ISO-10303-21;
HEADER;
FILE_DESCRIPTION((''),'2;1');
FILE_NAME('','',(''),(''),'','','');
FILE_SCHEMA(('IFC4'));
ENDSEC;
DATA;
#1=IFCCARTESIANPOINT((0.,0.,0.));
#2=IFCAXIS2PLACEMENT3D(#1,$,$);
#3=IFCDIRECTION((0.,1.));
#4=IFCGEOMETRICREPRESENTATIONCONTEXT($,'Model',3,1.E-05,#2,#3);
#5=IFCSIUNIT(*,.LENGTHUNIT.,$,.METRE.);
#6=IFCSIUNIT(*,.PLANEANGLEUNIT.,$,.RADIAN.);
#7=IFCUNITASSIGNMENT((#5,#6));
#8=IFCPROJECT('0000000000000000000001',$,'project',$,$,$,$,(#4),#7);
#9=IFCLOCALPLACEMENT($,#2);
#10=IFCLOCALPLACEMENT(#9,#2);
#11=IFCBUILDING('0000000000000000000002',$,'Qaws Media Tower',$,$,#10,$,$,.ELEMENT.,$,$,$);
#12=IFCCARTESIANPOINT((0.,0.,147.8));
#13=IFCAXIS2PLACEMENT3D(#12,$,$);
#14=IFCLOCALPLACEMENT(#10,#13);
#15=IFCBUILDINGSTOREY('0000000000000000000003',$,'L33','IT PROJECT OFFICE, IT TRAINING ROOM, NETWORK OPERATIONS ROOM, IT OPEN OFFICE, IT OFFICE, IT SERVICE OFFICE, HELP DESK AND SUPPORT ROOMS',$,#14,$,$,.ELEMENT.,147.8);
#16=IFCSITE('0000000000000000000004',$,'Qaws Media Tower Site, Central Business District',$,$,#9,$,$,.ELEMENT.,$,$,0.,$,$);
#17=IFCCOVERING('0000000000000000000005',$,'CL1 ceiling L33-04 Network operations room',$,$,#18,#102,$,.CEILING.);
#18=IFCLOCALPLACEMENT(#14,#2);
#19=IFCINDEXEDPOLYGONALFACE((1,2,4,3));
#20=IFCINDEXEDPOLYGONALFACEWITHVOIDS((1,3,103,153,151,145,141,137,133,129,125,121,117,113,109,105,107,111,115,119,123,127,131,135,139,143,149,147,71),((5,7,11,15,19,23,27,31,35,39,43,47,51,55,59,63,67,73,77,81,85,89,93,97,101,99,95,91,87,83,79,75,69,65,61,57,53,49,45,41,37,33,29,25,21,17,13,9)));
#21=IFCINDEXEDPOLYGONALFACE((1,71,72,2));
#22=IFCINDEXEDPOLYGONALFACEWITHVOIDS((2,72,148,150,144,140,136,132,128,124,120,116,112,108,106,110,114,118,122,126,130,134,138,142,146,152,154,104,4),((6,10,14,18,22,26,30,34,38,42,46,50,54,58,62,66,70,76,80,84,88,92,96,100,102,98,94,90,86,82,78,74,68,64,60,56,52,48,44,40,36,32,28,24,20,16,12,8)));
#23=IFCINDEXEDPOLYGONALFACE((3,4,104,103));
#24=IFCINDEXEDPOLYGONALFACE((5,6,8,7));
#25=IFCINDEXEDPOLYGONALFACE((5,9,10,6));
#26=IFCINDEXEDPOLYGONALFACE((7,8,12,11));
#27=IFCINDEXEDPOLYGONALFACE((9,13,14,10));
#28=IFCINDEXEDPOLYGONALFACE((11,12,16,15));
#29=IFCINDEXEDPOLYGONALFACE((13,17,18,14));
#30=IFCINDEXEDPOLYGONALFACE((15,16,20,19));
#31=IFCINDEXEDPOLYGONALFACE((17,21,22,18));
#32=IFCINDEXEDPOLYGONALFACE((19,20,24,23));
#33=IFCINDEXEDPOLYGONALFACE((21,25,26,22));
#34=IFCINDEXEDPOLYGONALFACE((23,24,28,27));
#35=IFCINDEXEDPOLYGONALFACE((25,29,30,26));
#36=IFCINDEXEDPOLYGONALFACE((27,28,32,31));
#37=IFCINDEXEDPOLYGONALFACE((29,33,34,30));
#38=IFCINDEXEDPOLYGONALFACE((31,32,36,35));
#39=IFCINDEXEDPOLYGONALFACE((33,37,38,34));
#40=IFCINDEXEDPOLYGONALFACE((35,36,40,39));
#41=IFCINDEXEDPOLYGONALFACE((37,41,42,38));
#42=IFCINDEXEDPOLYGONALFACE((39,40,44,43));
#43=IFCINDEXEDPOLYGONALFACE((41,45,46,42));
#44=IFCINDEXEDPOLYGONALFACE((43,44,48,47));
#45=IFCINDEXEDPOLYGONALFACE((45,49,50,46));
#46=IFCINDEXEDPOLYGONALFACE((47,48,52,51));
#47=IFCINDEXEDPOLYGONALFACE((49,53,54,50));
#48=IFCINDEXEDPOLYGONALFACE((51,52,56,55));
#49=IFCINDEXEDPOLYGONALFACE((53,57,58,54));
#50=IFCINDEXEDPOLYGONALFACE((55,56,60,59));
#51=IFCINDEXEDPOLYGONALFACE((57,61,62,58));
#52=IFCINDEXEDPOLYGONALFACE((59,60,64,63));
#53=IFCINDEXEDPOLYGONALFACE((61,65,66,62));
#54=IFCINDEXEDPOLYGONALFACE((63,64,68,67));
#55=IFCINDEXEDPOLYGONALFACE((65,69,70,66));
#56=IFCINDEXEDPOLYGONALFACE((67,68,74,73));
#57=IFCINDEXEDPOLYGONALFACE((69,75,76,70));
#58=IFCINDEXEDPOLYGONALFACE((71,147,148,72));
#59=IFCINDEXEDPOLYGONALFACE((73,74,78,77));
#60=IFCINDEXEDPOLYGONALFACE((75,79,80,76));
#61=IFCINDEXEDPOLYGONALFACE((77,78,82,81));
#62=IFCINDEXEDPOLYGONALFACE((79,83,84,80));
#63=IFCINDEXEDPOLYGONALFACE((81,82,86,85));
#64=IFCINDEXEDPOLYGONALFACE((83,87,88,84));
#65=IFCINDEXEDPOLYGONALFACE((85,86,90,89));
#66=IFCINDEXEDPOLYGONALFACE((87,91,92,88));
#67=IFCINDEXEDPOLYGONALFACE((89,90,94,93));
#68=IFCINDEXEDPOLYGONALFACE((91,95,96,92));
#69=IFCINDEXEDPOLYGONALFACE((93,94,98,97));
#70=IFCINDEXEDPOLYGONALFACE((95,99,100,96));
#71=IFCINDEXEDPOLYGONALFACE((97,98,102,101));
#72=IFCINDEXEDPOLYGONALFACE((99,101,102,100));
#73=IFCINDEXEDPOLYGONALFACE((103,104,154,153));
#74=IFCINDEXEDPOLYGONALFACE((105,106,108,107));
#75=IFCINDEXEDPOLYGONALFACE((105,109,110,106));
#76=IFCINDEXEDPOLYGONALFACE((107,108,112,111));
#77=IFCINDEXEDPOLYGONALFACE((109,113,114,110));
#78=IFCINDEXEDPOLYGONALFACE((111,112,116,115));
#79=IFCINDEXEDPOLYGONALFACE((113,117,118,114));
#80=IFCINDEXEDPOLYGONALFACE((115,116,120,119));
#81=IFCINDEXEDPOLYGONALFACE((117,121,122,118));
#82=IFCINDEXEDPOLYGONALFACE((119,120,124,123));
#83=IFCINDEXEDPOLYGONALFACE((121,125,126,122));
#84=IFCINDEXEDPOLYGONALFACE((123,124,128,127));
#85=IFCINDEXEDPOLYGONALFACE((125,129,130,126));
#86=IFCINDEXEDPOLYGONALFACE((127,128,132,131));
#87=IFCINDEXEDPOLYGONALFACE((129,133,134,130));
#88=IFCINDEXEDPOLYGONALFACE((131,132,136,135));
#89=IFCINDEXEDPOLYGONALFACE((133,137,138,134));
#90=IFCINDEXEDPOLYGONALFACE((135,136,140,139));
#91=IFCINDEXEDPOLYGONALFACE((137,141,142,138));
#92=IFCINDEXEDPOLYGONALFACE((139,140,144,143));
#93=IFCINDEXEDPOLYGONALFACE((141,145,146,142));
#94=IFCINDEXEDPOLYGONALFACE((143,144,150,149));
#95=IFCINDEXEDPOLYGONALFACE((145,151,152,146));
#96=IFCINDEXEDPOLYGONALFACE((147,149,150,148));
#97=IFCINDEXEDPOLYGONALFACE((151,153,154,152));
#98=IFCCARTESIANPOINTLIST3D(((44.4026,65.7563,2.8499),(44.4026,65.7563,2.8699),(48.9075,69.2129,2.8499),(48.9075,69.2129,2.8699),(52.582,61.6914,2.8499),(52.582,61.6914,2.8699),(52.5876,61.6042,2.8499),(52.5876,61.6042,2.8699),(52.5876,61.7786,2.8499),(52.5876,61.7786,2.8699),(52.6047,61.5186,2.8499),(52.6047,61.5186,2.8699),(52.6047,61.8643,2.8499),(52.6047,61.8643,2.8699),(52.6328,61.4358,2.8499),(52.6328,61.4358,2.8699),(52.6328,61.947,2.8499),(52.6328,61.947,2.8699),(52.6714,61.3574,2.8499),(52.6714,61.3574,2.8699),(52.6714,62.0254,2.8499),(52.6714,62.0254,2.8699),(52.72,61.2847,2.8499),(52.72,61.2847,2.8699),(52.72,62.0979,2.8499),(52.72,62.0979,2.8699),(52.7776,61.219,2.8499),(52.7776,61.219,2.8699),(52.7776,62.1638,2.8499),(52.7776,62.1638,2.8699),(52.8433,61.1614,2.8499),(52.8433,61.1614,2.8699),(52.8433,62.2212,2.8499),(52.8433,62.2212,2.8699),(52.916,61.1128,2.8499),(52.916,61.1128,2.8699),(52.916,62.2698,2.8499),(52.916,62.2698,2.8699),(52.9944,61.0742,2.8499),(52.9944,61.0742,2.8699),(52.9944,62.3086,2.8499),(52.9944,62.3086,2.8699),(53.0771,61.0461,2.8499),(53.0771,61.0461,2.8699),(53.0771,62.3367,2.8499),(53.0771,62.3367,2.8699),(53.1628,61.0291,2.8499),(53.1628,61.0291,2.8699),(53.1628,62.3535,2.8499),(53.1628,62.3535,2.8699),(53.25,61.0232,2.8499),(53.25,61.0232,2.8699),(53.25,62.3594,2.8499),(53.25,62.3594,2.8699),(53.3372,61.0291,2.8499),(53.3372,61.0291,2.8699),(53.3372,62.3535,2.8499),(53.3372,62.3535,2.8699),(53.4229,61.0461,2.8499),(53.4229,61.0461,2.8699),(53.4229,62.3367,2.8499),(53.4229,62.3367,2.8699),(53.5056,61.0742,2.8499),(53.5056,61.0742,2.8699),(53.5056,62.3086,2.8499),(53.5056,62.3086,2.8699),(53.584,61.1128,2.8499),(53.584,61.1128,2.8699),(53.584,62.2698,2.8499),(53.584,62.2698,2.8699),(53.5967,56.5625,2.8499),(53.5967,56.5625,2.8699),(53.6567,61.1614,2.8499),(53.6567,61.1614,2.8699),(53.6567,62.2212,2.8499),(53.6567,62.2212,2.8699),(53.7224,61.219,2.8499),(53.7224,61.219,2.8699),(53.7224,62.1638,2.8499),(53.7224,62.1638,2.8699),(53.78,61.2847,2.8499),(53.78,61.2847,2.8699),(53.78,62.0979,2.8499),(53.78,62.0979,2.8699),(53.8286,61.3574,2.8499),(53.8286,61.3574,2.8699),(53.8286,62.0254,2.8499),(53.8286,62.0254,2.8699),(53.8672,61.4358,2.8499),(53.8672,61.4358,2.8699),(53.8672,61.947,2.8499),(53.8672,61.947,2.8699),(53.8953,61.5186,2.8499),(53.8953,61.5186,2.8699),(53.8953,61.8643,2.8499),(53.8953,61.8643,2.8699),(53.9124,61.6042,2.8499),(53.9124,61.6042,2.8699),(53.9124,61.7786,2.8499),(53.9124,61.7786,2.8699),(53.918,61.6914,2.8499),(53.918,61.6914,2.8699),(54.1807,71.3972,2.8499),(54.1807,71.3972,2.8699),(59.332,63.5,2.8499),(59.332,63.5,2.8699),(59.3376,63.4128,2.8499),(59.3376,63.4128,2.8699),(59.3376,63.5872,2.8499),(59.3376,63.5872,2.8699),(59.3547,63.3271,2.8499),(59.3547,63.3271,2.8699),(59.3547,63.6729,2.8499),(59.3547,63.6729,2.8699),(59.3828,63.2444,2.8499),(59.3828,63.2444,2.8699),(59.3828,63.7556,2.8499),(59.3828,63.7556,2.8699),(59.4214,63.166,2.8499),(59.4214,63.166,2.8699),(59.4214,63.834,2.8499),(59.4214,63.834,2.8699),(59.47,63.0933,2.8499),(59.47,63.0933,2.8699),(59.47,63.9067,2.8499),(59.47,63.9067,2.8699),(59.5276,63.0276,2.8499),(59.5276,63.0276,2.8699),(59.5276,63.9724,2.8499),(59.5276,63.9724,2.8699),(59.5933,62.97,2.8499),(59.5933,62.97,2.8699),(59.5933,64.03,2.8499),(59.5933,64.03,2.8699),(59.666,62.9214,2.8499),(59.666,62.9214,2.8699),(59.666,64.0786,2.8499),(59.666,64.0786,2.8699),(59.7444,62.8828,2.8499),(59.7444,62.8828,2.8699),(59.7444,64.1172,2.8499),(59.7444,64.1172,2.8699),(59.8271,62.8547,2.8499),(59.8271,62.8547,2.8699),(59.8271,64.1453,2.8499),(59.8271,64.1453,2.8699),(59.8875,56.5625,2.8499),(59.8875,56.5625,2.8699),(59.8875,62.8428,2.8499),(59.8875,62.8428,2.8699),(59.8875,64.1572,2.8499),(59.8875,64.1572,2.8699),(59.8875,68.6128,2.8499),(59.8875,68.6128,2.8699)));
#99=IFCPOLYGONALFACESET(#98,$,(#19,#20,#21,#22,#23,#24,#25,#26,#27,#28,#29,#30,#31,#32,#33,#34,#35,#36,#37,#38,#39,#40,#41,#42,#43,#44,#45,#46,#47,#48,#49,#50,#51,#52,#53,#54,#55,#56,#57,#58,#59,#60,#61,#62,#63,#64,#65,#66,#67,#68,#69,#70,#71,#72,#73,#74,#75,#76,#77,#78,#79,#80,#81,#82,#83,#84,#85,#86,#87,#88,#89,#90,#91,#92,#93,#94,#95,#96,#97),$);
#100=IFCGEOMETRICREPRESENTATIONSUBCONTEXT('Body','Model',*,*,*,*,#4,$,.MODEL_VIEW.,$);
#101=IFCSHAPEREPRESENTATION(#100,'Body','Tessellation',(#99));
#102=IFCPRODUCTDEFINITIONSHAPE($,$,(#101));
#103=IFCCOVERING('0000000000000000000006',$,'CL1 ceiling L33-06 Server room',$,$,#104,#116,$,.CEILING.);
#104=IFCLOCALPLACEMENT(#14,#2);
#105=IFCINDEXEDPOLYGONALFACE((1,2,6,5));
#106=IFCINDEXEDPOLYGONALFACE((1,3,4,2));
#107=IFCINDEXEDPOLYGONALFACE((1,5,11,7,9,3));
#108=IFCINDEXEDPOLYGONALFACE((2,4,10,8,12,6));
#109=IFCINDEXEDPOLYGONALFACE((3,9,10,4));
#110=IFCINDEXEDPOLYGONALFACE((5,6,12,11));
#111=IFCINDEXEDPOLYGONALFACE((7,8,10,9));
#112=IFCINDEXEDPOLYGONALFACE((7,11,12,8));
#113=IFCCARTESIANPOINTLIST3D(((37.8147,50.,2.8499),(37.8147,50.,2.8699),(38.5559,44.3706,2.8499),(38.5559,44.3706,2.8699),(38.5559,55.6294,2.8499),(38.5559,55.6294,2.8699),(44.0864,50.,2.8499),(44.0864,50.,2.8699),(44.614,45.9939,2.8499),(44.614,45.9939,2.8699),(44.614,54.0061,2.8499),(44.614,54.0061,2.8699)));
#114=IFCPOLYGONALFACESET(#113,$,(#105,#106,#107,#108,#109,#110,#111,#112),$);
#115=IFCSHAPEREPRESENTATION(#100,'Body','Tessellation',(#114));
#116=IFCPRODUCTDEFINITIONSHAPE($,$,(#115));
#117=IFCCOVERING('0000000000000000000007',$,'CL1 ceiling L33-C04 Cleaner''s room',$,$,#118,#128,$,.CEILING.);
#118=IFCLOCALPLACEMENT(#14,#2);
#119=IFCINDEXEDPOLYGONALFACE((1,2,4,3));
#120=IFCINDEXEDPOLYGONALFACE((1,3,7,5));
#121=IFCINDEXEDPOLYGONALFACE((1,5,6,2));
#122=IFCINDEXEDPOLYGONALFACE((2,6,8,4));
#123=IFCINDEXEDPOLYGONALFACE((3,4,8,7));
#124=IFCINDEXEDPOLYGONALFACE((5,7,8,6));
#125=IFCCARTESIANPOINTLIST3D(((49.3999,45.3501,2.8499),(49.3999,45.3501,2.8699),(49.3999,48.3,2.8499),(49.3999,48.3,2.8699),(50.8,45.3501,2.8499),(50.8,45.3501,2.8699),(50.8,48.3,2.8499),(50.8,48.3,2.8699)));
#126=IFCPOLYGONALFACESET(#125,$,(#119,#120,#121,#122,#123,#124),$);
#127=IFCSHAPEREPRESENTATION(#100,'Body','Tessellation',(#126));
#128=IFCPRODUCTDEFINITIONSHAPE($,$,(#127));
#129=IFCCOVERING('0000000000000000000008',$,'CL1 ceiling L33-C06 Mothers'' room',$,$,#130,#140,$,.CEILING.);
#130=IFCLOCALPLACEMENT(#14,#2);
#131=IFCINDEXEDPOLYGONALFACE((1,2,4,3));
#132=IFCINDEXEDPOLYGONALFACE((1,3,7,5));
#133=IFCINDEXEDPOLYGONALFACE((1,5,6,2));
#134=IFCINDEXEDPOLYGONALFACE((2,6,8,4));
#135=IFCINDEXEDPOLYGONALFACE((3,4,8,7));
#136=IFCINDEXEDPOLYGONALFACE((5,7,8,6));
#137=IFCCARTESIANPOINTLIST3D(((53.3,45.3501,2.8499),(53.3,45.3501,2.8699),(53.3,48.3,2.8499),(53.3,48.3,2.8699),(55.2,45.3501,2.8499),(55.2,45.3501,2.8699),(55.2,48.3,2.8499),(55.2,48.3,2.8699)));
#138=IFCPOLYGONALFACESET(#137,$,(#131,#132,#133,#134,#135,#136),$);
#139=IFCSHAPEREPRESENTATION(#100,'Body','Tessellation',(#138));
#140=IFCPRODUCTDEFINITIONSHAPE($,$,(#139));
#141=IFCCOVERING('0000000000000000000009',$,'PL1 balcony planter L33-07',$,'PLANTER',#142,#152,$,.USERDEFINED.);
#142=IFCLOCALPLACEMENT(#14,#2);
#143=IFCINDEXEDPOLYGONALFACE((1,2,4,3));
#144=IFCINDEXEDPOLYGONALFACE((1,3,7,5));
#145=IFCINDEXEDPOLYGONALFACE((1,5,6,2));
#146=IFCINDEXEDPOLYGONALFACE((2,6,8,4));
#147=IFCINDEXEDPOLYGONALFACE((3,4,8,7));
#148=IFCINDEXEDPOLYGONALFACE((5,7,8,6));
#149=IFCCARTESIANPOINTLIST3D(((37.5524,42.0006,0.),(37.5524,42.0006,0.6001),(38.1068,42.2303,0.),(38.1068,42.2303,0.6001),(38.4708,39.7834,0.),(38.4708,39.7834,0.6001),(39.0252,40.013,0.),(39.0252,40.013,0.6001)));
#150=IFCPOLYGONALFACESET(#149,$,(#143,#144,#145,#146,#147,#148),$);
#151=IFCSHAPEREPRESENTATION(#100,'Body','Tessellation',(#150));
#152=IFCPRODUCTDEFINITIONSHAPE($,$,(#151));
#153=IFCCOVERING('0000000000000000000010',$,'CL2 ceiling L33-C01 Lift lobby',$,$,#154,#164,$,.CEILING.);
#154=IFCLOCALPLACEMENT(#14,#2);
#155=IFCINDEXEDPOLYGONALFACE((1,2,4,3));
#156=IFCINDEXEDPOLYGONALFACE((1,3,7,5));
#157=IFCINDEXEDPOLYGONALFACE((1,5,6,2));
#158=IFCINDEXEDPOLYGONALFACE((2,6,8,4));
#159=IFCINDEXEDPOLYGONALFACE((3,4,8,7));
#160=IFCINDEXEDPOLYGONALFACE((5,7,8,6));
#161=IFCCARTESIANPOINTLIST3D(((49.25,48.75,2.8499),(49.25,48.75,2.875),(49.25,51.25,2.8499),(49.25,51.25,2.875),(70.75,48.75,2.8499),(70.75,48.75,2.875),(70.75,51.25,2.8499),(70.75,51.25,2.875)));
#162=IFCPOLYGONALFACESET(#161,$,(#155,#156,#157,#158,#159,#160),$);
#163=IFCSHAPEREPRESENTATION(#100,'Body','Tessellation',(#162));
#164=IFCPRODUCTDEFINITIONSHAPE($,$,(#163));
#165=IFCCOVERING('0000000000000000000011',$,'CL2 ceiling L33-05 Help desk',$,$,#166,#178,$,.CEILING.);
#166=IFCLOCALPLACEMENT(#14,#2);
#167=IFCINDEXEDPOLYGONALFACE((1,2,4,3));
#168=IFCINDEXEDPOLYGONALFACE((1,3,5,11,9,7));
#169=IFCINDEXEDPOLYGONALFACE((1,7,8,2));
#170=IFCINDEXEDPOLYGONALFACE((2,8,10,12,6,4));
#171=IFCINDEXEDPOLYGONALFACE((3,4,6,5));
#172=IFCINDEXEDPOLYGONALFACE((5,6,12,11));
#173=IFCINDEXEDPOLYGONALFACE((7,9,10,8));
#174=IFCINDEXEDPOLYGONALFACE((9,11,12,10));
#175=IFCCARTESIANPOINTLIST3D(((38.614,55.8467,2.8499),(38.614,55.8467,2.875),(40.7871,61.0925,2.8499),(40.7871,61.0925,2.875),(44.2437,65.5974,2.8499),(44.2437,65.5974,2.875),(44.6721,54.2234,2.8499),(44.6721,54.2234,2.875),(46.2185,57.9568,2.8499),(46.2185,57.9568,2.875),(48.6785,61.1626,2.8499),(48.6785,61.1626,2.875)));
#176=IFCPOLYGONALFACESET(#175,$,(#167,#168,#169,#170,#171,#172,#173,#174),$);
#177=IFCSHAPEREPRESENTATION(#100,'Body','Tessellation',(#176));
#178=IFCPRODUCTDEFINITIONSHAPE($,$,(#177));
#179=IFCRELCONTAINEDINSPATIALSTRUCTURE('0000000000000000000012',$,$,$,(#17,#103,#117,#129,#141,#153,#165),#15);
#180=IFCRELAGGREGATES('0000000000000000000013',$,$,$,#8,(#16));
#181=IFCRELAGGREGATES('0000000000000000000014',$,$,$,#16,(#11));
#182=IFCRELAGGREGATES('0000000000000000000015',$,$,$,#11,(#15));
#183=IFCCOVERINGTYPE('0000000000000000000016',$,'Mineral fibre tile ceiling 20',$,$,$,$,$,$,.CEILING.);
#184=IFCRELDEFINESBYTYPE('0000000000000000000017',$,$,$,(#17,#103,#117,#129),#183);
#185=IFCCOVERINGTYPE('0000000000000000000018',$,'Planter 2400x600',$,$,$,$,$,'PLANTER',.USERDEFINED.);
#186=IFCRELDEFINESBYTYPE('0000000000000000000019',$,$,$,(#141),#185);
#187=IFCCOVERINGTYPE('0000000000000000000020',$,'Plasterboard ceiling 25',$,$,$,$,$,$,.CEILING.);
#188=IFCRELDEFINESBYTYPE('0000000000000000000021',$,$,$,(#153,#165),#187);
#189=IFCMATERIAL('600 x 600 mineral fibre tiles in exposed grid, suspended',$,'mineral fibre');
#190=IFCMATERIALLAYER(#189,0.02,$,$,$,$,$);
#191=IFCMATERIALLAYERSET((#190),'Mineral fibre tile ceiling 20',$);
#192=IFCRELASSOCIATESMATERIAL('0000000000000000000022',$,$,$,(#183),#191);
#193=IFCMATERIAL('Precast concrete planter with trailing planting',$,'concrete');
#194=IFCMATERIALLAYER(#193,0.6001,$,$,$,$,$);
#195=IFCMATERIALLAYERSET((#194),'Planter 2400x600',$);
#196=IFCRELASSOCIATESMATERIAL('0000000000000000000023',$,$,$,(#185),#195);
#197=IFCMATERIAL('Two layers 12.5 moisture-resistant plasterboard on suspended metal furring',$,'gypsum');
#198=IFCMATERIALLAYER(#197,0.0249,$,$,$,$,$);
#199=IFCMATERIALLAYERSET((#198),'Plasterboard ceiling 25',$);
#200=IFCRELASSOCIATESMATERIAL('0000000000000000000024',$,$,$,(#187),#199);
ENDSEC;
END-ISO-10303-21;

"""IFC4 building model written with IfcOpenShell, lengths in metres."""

from ifc_helpers import new_model, si_unit, direction, frame, origin, origin_2d, place, context, subcontext, project, spatial, polyline, rectangle, outline, extrude, material, layer, layer_set, type_object, element, save


model = new_model("IFC4")

# Units and contexts
model_context = context("Model", 3, precision=1e-05, world=origin(), true_north=direction((0.0, 1.0)))
body_context = subcontext(model_context, "Body", "Model", "MODEL_VIEW")
ifc_project = project(units=[si_unit("LENGTHUNIT", "METRE"), si_unit("PLANEANGLEUNIT", "RADIAN")], contexts=[model_context])

# Site, building, storey
site_placement = place(None, origin())
site = spatial("IfcSite", under=ifc_project, at=site_placement, Name="Qaws Media Tower Site, Central Business District", CompositionType="ELEMENT", RefElevation=0.0)
building_placement = place(site_placement, origin())
building = spatial("IfcBuilding", under=site, at=building_placement, Name="Qaws Media Tower", CompositionType="ELEMENT")
storey_placement = place(building_placement, frame((0.0, 0.0, 147.8)))
storey = spatial("IfcBuildingStorey", under=building, at=storey_placement, Name="L33", Description="IT PROJECT OFFICE, IT TRAINING ROOM, NETWORK OPERATIONS ROOM, IT OPEN OFFICE, IT OFFICE, IT SERVICE OFFICE, HELP DESK AND SUPPORT ROOMS", CompositionType="ELEMENT", Elevation=147.8)

# Coverings
ifc_material_1 = material(Name="600 x 600 mineral fibre tiles in exposed grid, suspended", Category="mineral fibre")
ifc_layer_1 = layer(ifc_material_1, 0.02)
ifc_layer_set_1 = layer_set([ifc_layer_1], Name="Mineral fibre tile ceiling 20")
covering_type_1 = type_object("IfcCoveringType", Name="Mineral fibre tile ceiling 20", PredefinedType="CEILING", material=ifc_layer_set_1)
covering_1_placement = place(storey_placement, frame((0.0, 0.0, 2.8499)))
element("IfcCovering", 1, at=covering_1_placement, inside=storey, type_object=covering_type_1, Name="CL1 ceiling L33-04 Network operations room", PredefinedType="CEILING", context=body_context, shape_type="SweptSolid", body=[
    extrude(outline(polyline([(48.9075, 69.2129), (54.1807, 71.3972), (59.8875, 68.6128), (59.8875, 64.1572), (59.8271, 64.1453), (59.7444, 64.1172), (59.666, 64.0786), (59.5933, 64.03), (59.5276, 63.9724), (59.47, 63.9067), (59.4214, 63.834), (59.3828, 63.7556), (59.3547, 63.6729), (59.3376, 63.5872), (59.332, 63.5), (59.3376, 63.4128), (59.3547, 63.3271), (59.3828, 63.2444), (59.4214, 63.166), (59.47, 63.0933), (59.5276, 63.0276), (59.5933, 62.97), (59.666, 62.9214), (59.7444, 62.8828), (59.8271, 62.8547), (59.8875, 62.8428), (59.8875, 56.5625), (53.5967, 56.5625), (44.4026, 65.7563), (48.9075, 69.2129)]), holes=[polyline([(53.8672, 61.4358), (53.8953, 61.5186), (53.9124, 61.6042), (53.918, 61.6914), (53.9124, 61.7786), (53.8953, 61.8643), (53.8672, 61.947), (53.8286, 62.0254), (53.78, 62.0979), (53.7224, 62.1638), (53.6567, 62.2212), (53.584, 62.2698), (53.5056, 62.3086), (53.4229, 62.3367), (53.3372, 62.3535), (53.25, 62.3594), (53.1628, 62.3535), (53.0771, 62.3367), (52.9944, 62.3086), (52.916, 62.2698), (52.8433, 62.2212), (52.7776, 62.1638), (52.72, 62.0979), (52.6714, 62.0254), (52.6328, 61.947), (52.6047, 61.8643), (52.5876, 61.7786), (52.582, 61.6914), (52.5876, 61.6042), (52.6047, 61.5186), (52.6328, 61.4358), (52.6714, 61.3574), (52.72, 61.2847), (52.7776, 61.219), (52.8433, 61.1614), (52.916, 61.1128), (52.9944, 61.0742), (53.0771, 61.0461), (53.1628, 61.0291), (53.25, 61.0232), (53.3372, 61.0291), (53.4229, 61.0461), (53.5056, 61.0742), (53.584, 61.1128), (53.6567, 61.1614), (53.7224, 61.219), (53.78, 61.2847), (53.8286, 61.3574), (53.8672, 61.4358)])]), origin(), (0.0, 0.0, 1.0), 0.02),
])
covering_2_placement = place(storey_placement, frame((0.0, 0.0, 2.8499)))
element("IfcCovering", 2, at=covering_2_placement, inside=storey, type_object=covering_type_1, Name="CL1 ceiling L33-06 Server room", PredefinedType="CEILING", context=body_context, shape_type="SweptSolid", body=[
    extrude(outline(polyline([(37.8147, 50.0), (38.5559, 55.6294), (44.614, 54.0061), (44.0864, 50.0), (44.614, 45.9939), (38.5559, 44.3706), (37.8147, 50.0)])), origin(), (0.0, 0.0, 1.0), 0.02),
])
covering_3_placement = place(storey_placement, frame((0.0, 0.0, 2.8499)))
element("IfcCovering", 3, at=covering_3_placement, inside=storey, type_object=covering_type_1, Name="CL1 ceiling L33-C04 Cleaner's room", PredefinedType="CEILING", context=body_context, shape_type="SweptSolid", body=[
    extrude(outline(polyline([(49.3999, 45.3501), (49.3999, 48.3), (50.8, 48.3), (50.8, 45.3501), (49.3999, 45.3501)])), origin(), (0.0, 0.0, 1.0), 0.02),
])
covering_4_placement = place(storey_placement, frame((0.0, 0.0, 2.8499)))
element("IfcCovering", 4, at=covering_4_placement, inside=storey, type_object=covering_type_1, Name="CL1 ceiling L33-C06 Mothers' room", PredefinedType="CEILING", context=body_context, shape_type="SweptSolid", body=[
    extrude(outline(polyline([(53.3, 45.3501), (53.3, 48.3), (55.2, 48.3), (55.2, 45.3501), (53.3, 45.3501)])), origin(), (0.0, 0.0, 1.0), 0.02),
])
ifc_material_2 = material(Name="Precast concrete planter with trailing planting", Category="concrete")
ifc_layer_2 = layer(ifc_material_2, 0.6001)
ifc_layer_set_2 = layer_set([ifc_layer_2], Name="Planter 2400x600")
covering_type_2 = type_object("IfcCoveringType", Name="Planter 2400x600", ElementType="PLANTER", PredefinedType="USERDEFINED", material=ifc_layer_set_2)
covering_5_placement = place(storey_placement, frame((38.2888, 41.0068, 0.0), z_axis=(0.0, 0.0, 1.0), x_axis=(0.382683, -0.92388, 0.0)))
element("IfcCovering", 5, at=covering_5_placement, inside=storey, type_object=covering_type_2, Name="PL1 balcony planter L33-07", ObjectType="PLANTER", PredefinedType="USERDEFINED", context=body_context, shape_type="SweptSolid", body=[
    extrude(rectangle(XDim=2.3999, YDim=0.6001, at=origin_2d()), origin(), (0.0, 0.0, 1.0), 0.6001),
])
ifc_material_3 = material(Name="Two layers 12.5 moisture-resistant plasterboard on suspended metal furring", Category="gypsum")
ifc_layer_3 = layer(ifc_material_3, 0.0249)
ifc_layer_set_3 = layer_set([ifc_layer_3], Name="Plasterboard ceiling 25")
covering_type_3 = type_object("IfcCoveringType", Name="Plasterboard ceiling 25", PredefinedType="CEILING", material=ifc_layer_set_3)
covering_6_placement = place(storey_placement, frame((0.0, 0.0, 2.8499)))
element("IfcCovering", 6, at=covering_6_placement, inside=storey, type_object=covering_type_3, Name="CL2 ceiling L33-C01 Lift lobby", PredefinedType="CEILING", context=body_context, shape_type="SweptSolid", body=[
    extrude(outline(polyline([(49.25, 48.75), (49.25, 51.25), (70.75, 51.25), (70.75, 48.75), (49.25, 48.75)])), origin(), (0.0, 0.0, 1.0), 0.0251),
])
covering_7_placement = place(storey_placement, frame((0.0, 0.0, 2.8499)))
element("IfcCovering", 7, at=covering_7_placement, inside=storey, type_object=covering_type_3, Name="CL2 ceiling L33-05 Help desk", PredefinedType="CEILING", context=body_context, shape_type="SweptSolid", body=[
    extrude(outline(polyline([(40.7871, 61.0925), (44.2437, 65.5974), (48.6785, 61.1626), (46.2185, 57.9568), (44.6721, 54.2234), (38.614, 55.8467), (40.7871, 61.0925)])), origin(), (0.0, 0.0, 1.0), 0.0251),
])

save(model, "model.ifc")
